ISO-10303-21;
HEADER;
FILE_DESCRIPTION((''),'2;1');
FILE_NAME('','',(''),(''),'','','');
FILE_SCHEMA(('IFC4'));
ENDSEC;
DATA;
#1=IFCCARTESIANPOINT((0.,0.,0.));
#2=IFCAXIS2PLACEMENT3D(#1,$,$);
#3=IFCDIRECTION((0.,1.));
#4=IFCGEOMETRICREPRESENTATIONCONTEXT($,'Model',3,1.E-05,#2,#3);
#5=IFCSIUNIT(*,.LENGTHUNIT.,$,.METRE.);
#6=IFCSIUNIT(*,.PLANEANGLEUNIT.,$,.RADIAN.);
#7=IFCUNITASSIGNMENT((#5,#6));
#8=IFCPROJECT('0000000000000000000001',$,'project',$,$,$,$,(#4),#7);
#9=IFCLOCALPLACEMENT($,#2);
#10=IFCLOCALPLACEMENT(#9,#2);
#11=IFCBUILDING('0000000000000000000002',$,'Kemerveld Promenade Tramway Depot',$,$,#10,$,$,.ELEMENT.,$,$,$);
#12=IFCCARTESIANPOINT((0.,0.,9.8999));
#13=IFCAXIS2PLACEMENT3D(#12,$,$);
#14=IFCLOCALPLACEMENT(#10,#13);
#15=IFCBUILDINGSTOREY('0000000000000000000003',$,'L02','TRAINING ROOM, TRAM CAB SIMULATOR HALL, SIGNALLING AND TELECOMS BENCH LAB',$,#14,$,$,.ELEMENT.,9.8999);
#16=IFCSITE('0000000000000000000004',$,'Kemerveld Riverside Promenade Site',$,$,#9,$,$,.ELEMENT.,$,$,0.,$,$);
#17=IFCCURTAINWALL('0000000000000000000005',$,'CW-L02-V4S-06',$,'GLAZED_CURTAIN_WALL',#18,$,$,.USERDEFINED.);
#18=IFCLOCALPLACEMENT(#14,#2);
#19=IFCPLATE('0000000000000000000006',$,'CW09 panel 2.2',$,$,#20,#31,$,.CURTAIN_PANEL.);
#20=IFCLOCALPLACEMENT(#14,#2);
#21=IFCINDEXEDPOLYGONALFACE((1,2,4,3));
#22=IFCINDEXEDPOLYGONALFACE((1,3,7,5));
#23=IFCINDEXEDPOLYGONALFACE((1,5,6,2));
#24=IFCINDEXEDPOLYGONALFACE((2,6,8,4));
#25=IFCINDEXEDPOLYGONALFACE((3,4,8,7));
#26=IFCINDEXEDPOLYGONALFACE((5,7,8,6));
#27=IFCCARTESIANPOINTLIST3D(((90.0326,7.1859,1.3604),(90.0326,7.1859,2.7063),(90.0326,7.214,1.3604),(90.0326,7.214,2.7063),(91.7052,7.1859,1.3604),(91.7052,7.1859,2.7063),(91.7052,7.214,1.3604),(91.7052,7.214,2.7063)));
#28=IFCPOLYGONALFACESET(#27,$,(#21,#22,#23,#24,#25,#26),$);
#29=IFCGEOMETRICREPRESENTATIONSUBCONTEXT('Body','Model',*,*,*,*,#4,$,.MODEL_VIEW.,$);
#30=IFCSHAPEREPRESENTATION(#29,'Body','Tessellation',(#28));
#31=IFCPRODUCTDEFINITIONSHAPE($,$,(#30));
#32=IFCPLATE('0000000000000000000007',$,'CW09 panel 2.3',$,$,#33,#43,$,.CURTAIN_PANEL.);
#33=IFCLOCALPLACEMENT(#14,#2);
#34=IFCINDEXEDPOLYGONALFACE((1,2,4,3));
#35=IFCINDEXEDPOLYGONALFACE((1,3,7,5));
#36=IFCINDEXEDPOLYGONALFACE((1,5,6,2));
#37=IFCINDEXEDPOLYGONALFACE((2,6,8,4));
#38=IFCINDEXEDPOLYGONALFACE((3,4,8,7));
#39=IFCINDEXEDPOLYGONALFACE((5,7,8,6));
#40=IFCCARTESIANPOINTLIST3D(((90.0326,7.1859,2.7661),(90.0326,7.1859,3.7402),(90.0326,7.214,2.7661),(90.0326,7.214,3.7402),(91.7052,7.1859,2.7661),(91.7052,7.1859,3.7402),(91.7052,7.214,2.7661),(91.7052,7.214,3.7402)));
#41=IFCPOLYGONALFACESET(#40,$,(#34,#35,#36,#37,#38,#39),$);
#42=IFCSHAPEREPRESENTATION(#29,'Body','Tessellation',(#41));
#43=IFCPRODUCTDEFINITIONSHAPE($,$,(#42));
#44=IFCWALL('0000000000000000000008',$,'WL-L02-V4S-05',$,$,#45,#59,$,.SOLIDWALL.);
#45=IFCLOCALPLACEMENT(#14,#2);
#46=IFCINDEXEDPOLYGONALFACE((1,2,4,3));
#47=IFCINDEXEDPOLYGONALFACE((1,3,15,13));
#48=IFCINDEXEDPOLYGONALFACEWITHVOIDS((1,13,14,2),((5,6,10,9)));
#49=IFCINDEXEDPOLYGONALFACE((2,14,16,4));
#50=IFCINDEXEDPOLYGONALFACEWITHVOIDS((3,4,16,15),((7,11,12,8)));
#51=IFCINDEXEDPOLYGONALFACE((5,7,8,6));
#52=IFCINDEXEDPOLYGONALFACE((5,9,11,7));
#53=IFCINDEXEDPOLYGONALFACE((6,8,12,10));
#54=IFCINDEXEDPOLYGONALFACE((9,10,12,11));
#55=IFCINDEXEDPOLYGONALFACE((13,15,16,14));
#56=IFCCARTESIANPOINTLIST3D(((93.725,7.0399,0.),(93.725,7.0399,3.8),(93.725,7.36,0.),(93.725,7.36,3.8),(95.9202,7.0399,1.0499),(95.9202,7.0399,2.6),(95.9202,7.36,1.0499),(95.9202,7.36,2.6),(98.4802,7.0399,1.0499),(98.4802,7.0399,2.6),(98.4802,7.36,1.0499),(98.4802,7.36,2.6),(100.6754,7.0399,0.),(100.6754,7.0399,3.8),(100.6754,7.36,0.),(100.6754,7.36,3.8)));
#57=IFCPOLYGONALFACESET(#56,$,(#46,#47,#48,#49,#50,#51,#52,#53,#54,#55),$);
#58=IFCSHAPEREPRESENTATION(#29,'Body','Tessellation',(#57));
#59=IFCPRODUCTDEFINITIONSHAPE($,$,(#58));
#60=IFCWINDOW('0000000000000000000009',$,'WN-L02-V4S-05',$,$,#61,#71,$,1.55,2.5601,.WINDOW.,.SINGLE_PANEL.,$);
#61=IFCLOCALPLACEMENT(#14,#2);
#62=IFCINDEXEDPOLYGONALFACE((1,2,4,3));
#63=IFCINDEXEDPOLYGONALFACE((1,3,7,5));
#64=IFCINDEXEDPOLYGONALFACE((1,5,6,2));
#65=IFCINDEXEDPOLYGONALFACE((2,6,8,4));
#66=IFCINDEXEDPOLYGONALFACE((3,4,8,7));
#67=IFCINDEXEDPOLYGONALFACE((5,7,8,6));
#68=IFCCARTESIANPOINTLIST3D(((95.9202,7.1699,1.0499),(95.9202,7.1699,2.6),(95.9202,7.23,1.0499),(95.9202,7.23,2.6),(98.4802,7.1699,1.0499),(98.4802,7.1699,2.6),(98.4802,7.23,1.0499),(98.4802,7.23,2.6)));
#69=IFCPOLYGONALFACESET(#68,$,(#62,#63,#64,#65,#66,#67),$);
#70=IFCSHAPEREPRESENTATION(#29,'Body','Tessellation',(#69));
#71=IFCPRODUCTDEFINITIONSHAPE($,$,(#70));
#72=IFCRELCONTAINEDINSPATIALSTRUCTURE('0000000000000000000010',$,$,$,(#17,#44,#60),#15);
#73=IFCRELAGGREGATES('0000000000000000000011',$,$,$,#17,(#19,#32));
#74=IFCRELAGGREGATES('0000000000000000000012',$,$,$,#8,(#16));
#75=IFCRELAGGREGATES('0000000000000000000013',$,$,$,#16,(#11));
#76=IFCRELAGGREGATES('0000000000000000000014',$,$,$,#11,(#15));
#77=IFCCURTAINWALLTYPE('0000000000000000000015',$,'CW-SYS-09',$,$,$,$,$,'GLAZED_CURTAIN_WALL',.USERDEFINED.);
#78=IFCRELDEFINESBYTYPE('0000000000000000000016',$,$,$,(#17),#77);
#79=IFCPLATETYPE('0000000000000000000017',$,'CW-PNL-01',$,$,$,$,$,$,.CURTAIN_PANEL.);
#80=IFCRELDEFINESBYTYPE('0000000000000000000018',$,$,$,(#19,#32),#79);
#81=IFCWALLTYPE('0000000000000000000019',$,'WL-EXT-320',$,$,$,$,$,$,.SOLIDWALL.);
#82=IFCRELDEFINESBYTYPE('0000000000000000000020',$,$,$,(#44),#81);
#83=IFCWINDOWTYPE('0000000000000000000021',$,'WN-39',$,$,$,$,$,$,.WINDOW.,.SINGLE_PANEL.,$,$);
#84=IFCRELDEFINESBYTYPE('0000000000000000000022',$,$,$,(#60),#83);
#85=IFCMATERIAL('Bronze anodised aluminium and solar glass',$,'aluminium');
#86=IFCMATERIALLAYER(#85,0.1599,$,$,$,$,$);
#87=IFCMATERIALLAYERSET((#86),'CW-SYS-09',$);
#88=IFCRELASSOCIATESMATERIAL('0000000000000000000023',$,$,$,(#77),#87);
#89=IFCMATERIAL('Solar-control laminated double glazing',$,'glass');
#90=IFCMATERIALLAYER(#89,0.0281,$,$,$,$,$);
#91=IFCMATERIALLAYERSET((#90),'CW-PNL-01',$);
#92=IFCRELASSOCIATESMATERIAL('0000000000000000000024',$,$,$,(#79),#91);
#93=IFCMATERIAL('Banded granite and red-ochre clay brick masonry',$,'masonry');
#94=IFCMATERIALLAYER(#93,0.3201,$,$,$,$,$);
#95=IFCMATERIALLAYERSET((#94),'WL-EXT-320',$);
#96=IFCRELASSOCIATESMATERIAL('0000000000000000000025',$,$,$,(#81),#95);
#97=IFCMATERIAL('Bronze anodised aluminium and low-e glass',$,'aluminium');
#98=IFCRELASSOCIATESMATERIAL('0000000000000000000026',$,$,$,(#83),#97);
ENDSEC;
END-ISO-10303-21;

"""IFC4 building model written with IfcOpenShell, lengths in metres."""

from ifc_helpers import new_model, si_unit, direction, frame, frame_2d, origin, origin_2d, place, context, subcontext, project, spatial, rectangle, extrude, material, layer, layer_set, type_object, element, fill, aggregate, save


model = new_model("IFC4")

# Units and contexts
model_context = context("Model", 3, precision=1e-05, world=origin(), true_north=direction((0.0, 1.0)))
body_context = subcontext(model_context, "Body", "Model", "MODEL_VIEW")
ifc_project = project(units=[si_unit("LENGTHUNIT", "METRE"), si_unit("PLANEANGLEUNIT", "RADIAN")], contexts=[model_context])

# Site, building, storey
site_placement = place(None, origin())
site = spatial("IfcSite", under=ifc_project, at=site_placement, Name="Kemerveld Riverside Promenade Site", CompositionType="ELEMENT", RefElevation=0.0)
building_placement = place(site_placement, origin())
building = spatial("IfcBuilding", under=site, at=building_placement, Name="Kemerveld Promenade Tramway Depot", CompositionType="ELEMENT")
storey_placement = place(building_placement, frame((0.0, 0.0, 9.8999)))
storey = spatial("IfcBuildingStorey", under=building, at=storey_placement, Name="L02", Description="TRAINING ROOM, TRAM CAB SIMULATOR HALL, SIGNALLING AND TELECOMS BENCH LAB", CompositionType="ELEMENT", Elevation=9.8999)

# Curtain wall, plates
ifc_material_1 = material(Name="Bronze anodised aluminium and solar glass", Category="aluminium")
ifc_layer_1 = layer(ifc_material_1, 0.1599)
ifc_layer_set_1 = layer_set([ifc_layer_1], Name="CW-SYS-09")
curtain_wall_type = type_object("IfcCurtainWallType", Name="CW-SYS-09", ElementType="GLAZED_CURTAIN_WALL", PredefinedType="USERDEFINED", material=ifc_layer_set_1)
curtain_wall_placement = place(storey_placement, origin())
curtain_wall = element("IfcCurtainWall", 1, at=curtain_wall_placement, inside=storey, type_object=curtain_wall_type, Name="CW-L02-V4S-06", ObjectType="GLAZED_CURTAIN_WALL", PredefinedType="USERDEFINED")
ifc_material_2 = material(Name="Solar-control laminated double glazing", Category="glass")
ifc_layer_2 = layer(ifc_material_2, 0.0281)
ifc_layer_set_2 = layer_set([ifc_layer_2], Name="CW-PNL-01")
plate_type = type_object("IfcPlateType", Name="CW-PNL-01", PredefinedType="CURTAIN_PANEL", material=ifc_layer_set_2)
plate_1_placement = place(storey_placement, frame((90.8689, 7.2, 1.3604), z_axis=(0.0, 0.0, 1.0), x_axis=(-1.0, 0.0, 0.0)))
plate_1 = element("IfcPlate", 2, at=plate_1_placement, type_object=plate_type, Name="CW09 panel 2.2", PredefinedType="CURTAIN_PANEL", context=body_context, shape_type="SweptSolid", body=[
    extrude(rectangle(XDim=1.6726, YDim=0.0281, at=origin_2d()), origin(), (0.0, 0.0, 1.0), 1.3459),
])
plate_2_placement = place(storey_placement, frame((90.8689, 7.2, 2.7661), z_axis=(0.0, 0.0, 1.0), x_axis=(-1.0, 0.0, 0.0)))
plate_2 = element("IfcPlate", 3, at=plate_2_placement, type_object=plate_type, Name="CW09 panel 2.3", PredefinedType="CURTAIN_PANEL", context=body_context, shape_type="SweptSolid", body=[
    extrude(rectangle(XDim=1.6726, YDim=0.0281, at=origin_2d()), origin(), (0.0, 0.0, 1.0), 0.9741),
])
aggregate(curtain_wall, [plate_1, plate_2])

# Wall, opening, window
ifc_material_3 = material(Name="Banded granite and red-ochre clay brick masonry", Category="masonry")
ifc_layer_3 = layer(ifc_material_3, 0.3201)
ifc_layer_set_3 = layer_set([ifc_layer_3], Name="WL-EXT-320")
wall_type = type_object("IfcWallType", Name="WL-EXT-320", PredefinedType="SOLIDWALL", material=ifc_layer_set_3)
wall_placement = place(storey_placement, frame((100.6753, 7.2, 0.0), z_axis=(0.0, 0.0, 1.0), x_axis=(-1.0, 0.0, 0.0)))
wall = element("IfcWall", 4, at=wall_placement, inside=storey, type_object=wall_type, Name="WL-L02-V4S-05", PredefinedType="SOLIDWALL", context=body_context, shape_type="SweptSolid", body=[
    extrude(rectangle(XDim=6.9504, YDim=0.3201, at=frame_2d((3.4751, 0.0))), origin(), (0.0, 0.0, 1.0), 3.8),
])
opening_placement = place(wall_placement, frame((2.1951, 0.0, 1.05)))
opening = element("IfcOpeningElement", 5, at=opening_placement, cuts=wall, PredefinedType="OPENING", context=body_context, shape_type="SweptSolid", body=[
    extrude(rectangle(XDim=2.5601, YDim=1.55, at=frame_2d((1.28, 0.7749))), frame((0.0, 0.1699, 0.0), z_axis=(0.0, -1.0, 0.0), x_axis=(1.0, 0.0, 0.0)), (0.0, 0.0, 1.0), 0.3401),
])
ifc_material_4 = material(Name="Bronze anodised aluminium and low-e glass", Category="aluminium")
window_type = type_object("IfcWindowType", Name="WN-39", PartitioningType="SINGLE_PANEL", PredefinedType="WINDOW", material=ifc_material_4)
window_placement = place(opening_placement, origin())
window = element("IfcWindow", 6, at=window_placement, inside=storey, type_object=window_type, Name="WN-L02-V4S-05", OverallHeight=1.55, OverallWidth=2.5601, PartitioningType="SINGLE_PANEL", PredefinedType="WINDOW", context=body_context, shape_type="SweptSolid", body=[
    extrude(rectangle(XDim=2.5601, YDim=1.55, at=frame_2d((1.28, 0.7749))), frame((0.0, 0.03, 0.0), z_axis=(0.0, -1.0, 0.0), x_axis=(1.0, 0.0, 0.0)), (0.0, 0.0, 1.0), 0.0601),
])
fill(opening, window)

save(model, "model.ifc")
